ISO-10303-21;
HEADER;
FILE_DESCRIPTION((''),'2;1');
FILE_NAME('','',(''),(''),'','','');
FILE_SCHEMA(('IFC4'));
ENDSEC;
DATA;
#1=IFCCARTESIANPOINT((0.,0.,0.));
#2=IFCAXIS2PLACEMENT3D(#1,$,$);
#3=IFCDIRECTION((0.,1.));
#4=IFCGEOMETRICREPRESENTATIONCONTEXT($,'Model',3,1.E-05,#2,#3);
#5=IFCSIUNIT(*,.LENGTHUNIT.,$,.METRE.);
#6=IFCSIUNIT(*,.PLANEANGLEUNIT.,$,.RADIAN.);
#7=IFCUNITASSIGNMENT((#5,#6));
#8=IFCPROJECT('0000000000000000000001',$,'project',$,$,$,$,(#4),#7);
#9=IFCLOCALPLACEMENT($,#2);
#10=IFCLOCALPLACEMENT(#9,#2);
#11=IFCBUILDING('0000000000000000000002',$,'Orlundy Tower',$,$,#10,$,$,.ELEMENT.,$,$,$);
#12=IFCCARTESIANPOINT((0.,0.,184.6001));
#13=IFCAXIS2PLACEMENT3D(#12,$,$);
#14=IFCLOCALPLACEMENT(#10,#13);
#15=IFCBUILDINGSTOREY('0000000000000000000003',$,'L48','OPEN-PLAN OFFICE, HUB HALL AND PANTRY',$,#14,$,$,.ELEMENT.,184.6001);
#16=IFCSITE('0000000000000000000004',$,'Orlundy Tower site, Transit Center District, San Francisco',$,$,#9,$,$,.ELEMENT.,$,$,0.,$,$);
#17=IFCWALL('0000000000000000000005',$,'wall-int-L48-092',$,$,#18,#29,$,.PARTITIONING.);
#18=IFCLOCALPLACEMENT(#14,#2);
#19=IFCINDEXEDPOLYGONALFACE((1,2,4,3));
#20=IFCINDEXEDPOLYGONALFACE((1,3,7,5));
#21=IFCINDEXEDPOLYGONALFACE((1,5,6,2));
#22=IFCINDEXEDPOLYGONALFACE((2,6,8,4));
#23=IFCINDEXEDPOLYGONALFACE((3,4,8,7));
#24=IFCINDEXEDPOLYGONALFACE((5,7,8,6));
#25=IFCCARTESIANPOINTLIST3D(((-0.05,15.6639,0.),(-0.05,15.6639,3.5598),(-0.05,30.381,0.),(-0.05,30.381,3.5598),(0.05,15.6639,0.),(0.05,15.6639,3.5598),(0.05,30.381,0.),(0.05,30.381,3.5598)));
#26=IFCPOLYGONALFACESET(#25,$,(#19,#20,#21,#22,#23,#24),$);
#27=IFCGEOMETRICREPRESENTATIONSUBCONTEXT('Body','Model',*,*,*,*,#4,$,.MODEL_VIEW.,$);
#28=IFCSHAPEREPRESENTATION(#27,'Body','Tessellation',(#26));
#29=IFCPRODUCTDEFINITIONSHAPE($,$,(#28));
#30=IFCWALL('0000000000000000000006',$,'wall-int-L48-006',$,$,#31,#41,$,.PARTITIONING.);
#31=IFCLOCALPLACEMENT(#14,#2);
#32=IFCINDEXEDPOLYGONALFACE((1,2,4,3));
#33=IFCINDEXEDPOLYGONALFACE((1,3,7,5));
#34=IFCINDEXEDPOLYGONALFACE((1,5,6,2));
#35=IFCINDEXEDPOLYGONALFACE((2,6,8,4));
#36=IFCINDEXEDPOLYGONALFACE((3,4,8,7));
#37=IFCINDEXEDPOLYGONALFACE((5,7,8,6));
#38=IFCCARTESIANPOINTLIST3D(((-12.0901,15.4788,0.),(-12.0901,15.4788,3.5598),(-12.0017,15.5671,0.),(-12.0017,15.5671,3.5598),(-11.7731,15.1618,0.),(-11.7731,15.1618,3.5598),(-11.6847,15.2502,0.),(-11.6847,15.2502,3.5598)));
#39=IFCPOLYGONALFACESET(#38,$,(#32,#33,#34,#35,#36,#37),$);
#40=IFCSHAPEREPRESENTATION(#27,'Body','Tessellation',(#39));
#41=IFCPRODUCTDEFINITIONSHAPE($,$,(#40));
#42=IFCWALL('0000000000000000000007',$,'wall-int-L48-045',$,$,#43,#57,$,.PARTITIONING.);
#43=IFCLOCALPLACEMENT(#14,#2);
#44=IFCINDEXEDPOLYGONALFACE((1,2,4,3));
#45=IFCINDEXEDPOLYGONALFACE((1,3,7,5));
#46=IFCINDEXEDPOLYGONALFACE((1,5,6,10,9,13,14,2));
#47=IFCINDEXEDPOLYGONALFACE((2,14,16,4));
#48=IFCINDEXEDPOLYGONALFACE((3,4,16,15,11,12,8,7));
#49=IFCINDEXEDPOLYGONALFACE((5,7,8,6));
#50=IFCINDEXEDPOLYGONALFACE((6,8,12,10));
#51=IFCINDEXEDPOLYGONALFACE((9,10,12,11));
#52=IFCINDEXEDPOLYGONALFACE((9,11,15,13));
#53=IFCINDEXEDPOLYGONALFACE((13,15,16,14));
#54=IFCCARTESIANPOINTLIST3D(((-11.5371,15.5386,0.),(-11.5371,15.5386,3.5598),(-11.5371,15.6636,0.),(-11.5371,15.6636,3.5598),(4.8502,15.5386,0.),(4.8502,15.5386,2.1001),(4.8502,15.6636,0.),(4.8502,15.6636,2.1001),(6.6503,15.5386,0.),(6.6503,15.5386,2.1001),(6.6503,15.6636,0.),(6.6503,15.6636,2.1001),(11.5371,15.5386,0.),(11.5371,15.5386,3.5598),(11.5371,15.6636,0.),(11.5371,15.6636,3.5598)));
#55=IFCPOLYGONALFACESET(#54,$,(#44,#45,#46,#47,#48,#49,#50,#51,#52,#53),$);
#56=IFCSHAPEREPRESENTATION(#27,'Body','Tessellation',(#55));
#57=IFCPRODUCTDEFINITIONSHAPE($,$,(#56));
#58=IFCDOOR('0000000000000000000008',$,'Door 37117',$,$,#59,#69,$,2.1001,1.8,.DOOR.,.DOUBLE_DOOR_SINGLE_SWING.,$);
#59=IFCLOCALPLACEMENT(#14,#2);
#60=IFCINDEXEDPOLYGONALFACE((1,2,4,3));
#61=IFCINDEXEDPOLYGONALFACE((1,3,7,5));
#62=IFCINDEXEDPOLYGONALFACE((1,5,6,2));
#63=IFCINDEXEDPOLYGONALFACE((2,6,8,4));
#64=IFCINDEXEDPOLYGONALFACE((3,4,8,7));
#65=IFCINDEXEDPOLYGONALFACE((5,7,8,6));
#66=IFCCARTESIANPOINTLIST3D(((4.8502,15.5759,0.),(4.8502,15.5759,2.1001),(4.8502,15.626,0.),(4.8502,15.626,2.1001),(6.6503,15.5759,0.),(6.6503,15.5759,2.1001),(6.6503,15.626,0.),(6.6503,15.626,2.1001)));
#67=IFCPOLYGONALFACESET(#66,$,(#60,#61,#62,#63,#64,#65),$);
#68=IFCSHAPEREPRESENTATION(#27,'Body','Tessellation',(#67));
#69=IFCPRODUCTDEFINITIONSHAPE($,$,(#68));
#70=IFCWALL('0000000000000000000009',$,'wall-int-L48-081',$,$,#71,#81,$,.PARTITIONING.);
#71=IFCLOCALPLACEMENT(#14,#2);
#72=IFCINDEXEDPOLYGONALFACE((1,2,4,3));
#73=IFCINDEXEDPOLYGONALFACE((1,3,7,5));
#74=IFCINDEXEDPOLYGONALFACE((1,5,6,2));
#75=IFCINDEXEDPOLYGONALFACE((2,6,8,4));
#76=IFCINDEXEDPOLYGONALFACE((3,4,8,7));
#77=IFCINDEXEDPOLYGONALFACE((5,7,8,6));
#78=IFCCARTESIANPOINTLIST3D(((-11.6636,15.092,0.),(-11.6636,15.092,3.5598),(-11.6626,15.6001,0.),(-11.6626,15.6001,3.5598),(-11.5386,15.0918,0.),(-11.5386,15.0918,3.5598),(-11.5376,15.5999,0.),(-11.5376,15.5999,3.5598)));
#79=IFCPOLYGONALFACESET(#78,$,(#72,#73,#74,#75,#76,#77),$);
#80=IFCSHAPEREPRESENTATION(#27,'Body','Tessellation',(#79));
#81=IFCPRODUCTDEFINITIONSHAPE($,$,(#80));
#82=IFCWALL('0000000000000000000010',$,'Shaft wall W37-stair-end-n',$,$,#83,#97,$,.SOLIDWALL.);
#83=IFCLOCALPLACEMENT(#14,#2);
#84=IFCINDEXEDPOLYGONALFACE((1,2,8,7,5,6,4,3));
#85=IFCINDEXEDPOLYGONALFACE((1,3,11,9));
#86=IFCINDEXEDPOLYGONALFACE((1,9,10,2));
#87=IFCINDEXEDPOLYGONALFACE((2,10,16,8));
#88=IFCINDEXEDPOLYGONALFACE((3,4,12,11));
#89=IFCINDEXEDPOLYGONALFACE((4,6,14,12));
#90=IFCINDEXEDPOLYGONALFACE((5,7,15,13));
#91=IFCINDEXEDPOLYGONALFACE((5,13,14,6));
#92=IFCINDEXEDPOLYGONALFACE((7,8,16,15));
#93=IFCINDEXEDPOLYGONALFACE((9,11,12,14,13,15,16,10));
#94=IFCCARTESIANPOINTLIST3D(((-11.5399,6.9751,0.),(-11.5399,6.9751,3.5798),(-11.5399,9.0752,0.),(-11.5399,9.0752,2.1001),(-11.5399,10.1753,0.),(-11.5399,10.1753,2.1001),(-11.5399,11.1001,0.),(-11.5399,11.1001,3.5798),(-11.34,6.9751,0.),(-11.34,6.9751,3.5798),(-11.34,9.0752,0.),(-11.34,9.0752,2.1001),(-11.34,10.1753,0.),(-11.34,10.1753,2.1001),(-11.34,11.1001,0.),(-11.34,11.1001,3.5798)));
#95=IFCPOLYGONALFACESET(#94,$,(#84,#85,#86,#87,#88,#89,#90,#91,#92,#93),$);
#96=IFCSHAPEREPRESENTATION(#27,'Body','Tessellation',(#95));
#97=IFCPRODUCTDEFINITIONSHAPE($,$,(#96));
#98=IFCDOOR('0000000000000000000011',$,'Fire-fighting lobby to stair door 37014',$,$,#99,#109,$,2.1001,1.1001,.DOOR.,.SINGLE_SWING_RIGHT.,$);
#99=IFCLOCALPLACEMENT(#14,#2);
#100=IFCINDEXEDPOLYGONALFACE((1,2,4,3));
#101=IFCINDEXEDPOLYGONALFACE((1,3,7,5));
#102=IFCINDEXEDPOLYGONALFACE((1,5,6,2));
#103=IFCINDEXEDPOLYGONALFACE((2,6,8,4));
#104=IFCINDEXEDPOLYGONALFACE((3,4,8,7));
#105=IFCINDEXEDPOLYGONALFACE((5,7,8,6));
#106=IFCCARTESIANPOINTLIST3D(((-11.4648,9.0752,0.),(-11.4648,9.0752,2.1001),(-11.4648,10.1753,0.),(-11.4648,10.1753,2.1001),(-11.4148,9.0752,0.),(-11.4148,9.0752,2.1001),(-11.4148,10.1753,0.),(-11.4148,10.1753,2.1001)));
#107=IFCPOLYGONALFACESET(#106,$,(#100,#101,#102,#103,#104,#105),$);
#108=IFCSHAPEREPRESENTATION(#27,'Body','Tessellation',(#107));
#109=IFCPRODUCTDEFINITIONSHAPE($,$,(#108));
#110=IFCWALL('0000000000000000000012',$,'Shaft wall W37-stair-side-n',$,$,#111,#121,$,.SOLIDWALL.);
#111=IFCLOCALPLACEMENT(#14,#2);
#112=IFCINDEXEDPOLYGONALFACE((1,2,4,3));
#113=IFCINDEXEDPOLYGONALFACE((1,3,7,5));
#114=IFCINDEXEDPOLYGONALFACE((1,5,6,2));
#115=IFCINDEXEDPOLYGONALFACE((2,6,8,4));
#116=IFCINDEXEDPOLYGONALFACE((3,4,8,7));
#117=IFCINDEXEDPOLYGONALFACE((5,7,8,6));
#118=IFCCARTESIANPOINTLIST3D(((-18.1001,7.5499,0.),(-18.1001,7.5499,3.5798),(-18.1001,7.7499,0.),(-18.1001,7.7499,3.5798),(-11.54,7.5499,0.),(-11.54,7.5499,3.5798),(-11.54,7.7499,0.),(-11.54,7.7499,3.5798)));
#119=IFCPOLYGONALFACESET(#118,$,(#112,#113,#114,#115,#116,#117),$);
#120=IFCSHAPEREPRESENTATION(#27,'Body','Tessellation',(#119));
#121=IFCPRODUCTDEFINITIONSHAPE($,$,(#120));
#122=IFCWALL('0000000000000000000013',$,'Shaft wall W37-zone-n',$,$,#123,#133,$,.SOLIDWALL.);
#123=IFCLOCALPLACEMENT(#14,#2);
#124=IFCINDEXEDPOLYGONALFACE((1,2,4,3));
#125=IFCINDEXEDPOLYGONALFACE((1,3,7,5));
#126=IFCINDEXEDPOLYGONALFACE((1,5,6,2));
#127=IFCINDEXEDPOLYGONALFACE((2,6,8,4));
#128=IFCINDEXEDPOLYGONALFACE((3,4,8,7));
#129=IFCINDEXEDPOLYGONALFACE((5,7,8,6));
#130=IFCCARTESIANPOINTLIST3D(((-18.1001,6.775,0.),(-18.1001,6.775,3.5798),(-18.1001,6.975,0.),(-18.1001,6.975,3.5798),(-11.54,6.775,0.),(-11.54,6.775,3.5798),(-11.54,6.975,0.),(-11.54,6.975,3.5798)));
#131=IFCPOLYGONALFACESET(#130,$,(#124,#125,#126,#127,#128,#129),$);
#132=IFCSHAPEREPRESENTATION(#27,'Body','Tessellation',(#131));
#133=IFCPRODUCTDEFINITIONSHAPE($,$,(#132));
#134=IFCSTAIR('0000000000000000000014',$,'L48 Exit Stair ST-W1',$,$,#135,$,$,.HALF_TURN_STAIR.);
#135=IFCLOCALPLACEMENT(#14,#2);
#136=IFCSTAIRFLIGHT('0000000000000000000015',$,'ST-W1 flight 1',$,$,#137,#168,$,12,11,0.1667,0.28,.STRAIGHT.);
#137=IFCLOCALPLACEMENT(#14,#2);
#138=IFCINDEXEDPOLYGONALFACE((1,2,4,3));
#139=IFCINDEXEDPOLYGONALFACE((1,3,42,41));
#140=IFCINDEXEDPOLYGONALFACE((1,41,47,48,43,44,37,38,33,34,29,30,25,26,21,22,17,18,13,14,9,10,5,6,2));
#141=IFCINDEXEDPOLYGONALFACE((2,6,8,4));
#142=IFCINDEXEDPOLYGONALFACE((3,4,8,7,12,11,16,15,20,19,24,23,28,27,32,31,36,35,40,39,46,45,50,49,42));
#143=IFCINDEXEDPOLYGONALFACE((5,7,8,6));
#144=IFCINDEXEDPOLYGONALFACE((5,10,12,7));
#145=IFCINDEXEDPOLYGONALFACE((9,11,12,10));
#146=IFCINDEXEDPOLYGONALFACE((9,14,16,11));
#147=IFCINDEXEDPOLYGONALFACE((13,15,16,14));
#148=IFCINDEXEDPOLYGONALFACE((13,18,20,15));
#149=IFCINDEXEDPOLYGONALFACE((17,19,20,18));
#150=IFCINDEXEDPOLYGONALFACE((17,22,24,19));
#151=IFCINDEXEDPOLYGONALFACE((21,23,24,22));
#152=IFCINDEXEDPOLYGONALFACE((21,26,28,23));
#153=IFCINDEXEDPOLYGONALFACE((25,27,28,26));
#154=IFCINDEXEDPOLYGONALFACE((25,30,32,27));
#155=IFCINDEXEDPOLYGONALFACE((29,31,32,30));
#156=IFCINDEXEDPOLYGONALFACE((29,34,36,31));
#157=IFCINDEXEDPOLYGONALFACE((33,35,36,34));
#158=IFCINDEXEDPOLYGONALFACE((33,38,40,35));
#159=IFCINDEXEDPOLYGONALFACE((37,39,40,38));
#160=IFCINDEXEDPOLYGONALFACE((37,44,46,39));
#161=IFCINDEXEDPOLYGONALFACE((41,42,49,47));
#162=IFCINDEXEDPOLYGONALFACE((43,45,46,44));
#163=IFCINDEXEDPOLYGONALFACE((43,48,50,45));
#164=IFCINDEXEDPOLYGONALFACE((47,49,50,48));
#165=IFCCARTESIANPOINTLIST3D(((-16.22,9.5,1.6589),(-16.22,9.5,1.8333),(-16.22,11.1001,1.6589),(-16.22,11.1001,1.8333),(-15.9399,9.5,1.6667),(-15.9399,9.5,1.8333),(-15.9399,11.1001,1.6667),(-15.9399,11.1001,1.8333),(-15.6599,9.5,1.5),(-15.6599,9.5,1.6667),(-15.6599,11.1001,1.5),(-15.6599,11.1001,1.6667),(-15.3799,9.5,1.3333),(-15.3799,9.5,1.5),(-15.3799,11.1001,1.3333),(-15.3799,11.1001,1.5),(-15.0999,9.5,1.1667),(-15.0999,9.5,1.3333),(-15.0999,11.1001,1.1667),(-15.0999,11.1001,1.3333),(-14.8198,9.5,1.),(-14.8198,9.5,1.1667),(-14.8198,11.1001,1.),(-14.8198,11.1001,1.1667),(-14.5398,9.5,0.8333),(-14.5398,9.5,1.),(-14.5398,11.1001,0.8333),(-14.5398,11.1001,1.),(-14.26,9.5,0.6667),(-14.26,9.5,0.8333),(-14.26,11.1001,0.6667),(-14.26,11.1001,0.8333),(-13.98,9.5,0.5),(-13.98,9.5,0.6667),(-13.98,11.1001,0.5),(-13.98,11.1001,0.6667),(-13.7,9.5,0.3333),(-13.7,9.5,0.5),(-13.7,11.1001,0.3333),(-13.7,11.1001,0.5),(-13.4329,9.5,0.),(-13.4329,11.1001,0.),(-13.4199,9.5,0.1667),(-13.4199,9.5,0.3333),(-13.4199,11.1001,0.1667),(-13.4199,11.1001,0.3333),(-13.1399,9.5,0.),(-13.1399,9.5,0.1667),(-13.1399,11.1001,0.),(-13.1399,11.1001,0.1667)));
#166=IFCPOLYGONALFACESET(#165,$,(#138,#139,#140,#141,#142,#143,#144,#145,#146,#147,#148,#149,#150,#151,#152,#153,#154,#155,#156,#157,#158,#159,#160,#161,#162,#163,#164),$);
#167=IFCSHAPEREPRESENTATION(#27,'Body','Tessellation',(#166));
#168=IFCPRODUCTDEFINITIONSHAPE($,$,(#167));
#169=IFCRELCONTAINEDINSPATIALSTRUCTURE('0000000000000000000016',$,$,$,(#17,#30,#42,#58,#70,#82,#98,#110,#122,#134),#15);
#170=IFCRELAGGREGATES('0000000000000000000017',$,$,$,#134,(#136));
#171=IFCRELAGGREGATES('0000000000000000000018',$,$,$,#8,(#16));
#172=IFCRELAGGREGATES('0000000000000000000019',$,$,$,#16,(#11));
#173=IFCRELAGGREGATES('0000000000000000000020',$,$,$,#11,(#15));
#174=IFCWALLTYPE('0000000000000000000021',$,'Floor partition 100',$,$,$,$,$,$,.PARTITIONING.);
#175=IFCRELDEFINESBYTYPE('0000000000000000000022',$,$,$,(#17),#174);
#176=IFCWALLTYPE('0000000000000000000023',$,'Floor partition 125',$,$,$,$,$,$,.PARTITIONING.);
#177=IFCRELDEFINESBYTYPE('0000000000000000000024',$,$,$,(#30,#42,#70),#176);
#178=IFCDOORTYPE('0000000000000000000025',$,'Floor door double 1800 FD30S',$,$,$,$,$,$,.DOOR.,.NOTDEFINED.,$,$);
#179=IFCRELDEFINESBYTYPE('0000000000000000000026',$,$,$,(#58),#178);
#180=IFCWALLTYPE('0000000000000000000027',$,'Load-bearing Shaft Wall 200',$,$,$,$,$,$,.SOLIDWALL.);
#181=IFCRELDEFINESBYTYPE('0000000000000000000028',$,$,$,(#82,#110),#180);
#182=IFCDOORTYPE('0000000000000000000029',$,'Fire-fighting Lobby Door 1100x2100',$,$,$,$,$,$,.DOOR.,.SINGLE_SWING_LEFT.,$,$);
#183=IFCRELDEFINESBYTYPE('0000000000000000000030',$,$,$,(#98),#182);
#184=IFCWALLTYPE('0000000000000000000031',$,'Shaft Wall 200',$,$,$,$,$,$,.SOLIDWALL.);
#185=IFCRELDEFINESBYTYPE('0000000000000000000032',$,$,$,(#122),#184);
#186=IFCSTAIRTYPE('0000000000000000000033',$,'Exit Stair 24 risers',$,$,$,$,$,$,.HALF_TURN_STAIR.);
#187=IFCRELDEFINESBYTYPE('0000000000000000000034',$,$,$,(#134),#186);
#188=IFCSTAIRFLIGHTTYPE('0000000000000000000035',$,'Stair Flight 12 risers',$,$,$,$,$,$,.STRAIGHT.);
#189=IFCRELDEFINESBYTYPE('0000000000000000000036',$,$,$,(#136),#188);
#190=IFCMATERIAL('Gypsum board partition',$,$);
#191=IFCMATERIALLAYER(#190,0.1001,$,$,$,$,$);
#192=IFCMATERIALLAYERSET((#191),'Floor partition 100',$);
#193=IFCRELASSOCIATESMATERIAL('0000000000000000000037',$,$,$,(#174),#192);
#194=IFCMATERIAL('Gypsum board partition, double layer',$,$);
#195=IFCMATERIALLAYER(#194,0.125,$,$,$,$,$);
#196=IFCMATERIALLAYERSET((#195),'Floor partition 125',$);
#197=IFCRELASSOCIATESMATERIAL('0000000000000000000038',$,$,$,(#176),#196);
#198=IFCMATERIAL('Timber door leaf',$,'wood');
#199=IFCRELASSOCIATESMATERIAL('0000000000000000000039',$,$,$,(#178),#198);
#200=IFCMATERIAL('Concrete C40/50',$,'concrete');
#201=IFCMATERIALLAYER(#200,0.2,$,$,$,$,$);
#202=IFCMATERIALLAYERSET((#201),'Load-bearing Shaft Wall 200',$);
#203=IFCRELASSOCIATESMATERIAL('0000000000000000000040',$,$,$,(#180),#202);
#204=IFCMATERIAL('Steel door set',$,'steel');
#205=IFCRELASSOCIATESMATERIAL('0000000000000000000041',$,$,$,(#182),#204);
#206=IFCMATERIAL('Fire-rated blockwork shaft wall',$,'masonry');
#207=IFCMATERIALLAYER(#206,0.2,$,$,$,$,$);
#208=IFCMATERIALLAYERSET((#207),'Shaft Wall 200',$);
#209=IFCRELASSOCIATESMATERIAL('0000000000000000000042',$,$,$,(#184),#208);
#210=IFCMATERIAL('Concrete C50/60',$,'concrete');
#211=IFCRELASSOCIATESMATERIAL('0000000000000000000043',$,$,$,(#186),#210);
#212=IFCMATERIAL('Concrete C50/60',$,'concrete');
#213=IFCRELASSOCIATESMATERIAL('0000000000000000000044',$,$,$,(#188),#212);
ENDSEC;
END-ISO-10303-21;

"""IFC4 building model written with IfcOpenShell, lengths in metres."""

from ifc_helpers import new_model, si_unit, direction, frame, frame_2d, origin, place, context, subcontext, project, spatial, polyline, rectangle, outline, extrude, material, layer, layer_set, type_object, element, fill, aggregate, save


model = new_model("IFC4")

# Units and contexts
model_context = context("Model", 3, precision=1e-05, world=origin(), true_north=direction((0.0, 1.0)))
body_context = subcontext(model_context, "Body", "Model", "MODEL_VIEW")
ifc_project = project(units=[si_unit("LENGTHUNIT", "METRE"), si_unit("PLANEANGLEUNIT", "RADIAN")], contexts=[model_context])

# Site, building, storey
site_placement = place(None, origin())
site = spatial("IfcSite", under=ifc_project, at=site_placement, Name="Orlundy Tower site, Transit Center District, San Francisco", CompositionType="ELEMENT", RefElevation=0.0)
building_placement = place(site_placement, origin())
building = spatial("IfcBuilding", under=site, at=building_placement, Name="Orlundy Tower", CompositionType="ELEMENT")
storey_placement = place(building_placement, frame((0.0, 0.0, 184.6001)))
storey = spatial("IfcBuildingStorey", under=building, at=storey_placement, Name="L48", Description="OPEN-PLAN OFFICE, HUB HALL AND PANTRY", CompositionType="ELEMENT", Elevation=184.6001)

# Walls
ifc_material_1 = material(Name="Gypsum board partition")
ifc_layer_1 = layer(ifc_material_1, 0.1001)
ifc_layer_set_1 = layer_set([ifc_layer_1], Name="Floor partition 100")
wall_type_1 = type_object("IfcWallType", Name="Floor partition 100", PredefinedType="PARTITIONING", material=ifc_layer_set_1)
wall_1_placement = place(storey_placement, frame((0.0, 15.6641, 0.0), z_axis=(0.0, 0.0, 1.0), x_axis=(0.0, 1.0, 0.0)))
element("IfcWall", 1, at=wall_1_placement, inside=storey, type_object=wall_type_1, Name="wall-int-L48-092", PredefinedType="PARTITIONING", context=body_context, shape_type="SweptSolid", body=[
    extrude(rectangle(XDim=14.717, YDim=0.1001, at=frame_2d((7.3584, 0.0))), origin(), (0.0, 0.0, 1.0), 3.5598),
])
ifc_material_2 = material(Name="Gypsum board partition, double layer")
ifc_layer_2 = layer(ifc_material_2, 0.125)
ifc_layer_set_2 = layer_set([ifc_layer_2], Name="Floor partition 125")
wall_type_2 = type_object("IfcWallType", Name="Floor partition 125", PredefinedType="PARTITIONING", material=ifc_layer_set_2)
wall_2_placement = place(storey_placement, frame((-12.0459, 15.5229, 0.0), z_axis=(0.0, 0.0, 1.0), x_axis=(0.707107, -0.707107, 0.0)))
element("IfcWall", 2, at=wall_2_placement, inside=storey, type_object=wall_type_2, Name="wall-int-L48-006", PredefinedType="PARTITIONING", context=body_context, shape_type="SweptSolid", body=[
    extrude(rectangle(XDim=0.4482, YDim=0.125, at=frame_2d((0.2241, 0.0))), origin(), (0.0, 0.0, 1.0), 3.5598),
])

# Wall, opening, door
wall_3_placement = place(storey_placement, frame((-11.5371, 15.6011, 0.0), z_axis=(0.0, 0.0, 1.0), x_axis=(1.0, 0.0, 0.0)))
wall_3 = element("IfcWall", 3, at=wall_3_placement, inside=storey, type_object=wall_type_2, Name="wall-int-L48-045", PredefinedType="PARTITIONING", context=body_context, shape_type="SweptSolid", body=[
    extrude(rectangle(XDim=23.0742, YDim=0.125, at=frame_2d((11.5371, 0.0))), origin(), (0.0, 0.0, 1.0), 3.5598),
])
opening_1_placement = place(wall_3_placement, frame((16.3875, 0.0, 0.0)))
opening_1 = element("IfcOpeningElement", 4, at=opening_1_placement, cuts=wall_3, PredefinedType="OPENING", context=body_context, shape_type="SweptSolid", body=[
    extrude(rectangle(XDim=1.8, YDim=2.1001, at=frame_2d((0.8999, 1.05))), frame((0.0, 0.0725, 0.0), z_axis=(0.0, -1.0, 0.0), x_axis=(1.0, 0.0, 0.0)), (0.0, 0.0, 1.0), 0.145),
])
ifc_material_3 = material(Name="Timber door leaf", Category="wood")
door_type_1 = type_object("IfcDoorType", Name="Floor door double 1800 FD30S", OperationType="NOTDEFINED", PredefinedType="DOOR", material=ifc_material_3)
door_1_placement = place(opening_1_placement, origin())
door_1 = element("IfcDoor", 5, at=door_1_placement, inside=storey, type_object=door_type_1, Name="Door 37117", OperationType="DOUBLE_DOOR_SINGLE_SWING", OverallHeight=2.1001, OverallWidth=1.8, PredefinedType="DOOR", context=body_context, shape_type="SweptSolid", body=[
    extrude(rectangle(XDim=1.8, YDim=2.1001, at=frame_2d((0.8999, 1.05))), frame((0.0, 0.0249, 0.0), z_axis=(0.0, -1.0, 0.0), x_axis=(1.0, 0.0, 0.0)), (0.0, 0.0, 1.0), 0.05),
])
fill(opening_1, door_1)

# Wall
wall_4_placement = place(storey_placement, frame((-11.6011, 15.092, 0.0), z_axis=(0.0, 0.0, 1.0), x_axis=(0.001922, 0.999998, 0.0)))
element("IfcWall", 6, at=wall_4_placement, inside=storey, type_object=wall_type_2, Name="wall-int-L48-081", PredefinedType="PARTITIONING", context=body_context, shape_type="SweptSolid", body=[
    extrude(rectangle(XDim=0.5081, YDim=0.125, at=frame_2d((0.2539, 0.0))), origin(), (0.0, 0.0, 1.0), 3.5598),
])

# Wall, opening, door
ifc_material_4 = material(Name="Concrete C40/50", Category="concrete")
ifc_layer_3 = layer(ifc_material_4, 0.2)
ifc_layer_set_3 = layer_set([ifc_layer_3], Name="Load-bearing Shaft Wall 200")
wall_type_3 = type_object("IfcWallType", Name="Load-bearing Shaft Wall 200", PredefinedType="SOLIDWALL", material=ifc_layer_set_3)
wall_5_placement = place(storey_placement, frame((-11.4399, 6.9751, 0.0), z_axis=(0.0, 0.0, 1.0), x_axis=(0.0, 1.0, 0.0)))
wall_5 = element("IfcWall", 7, at=wall_5_placement, inside=storey, type_object=wall_type_3, Name="Shaft wall W37-stair-end-n", PredefinedType="SOLIDWALL", context=body_context, shape_type="SweptSolid", body=[
    extrude(rectangle(XDim=4.125, YDim=0.2, at=frame_2d((2.0625, 0.0))), origin(), (0.0, 0.0, 1.0), 3.5798),
])
opening_2_placement = place(wall_5_placement, frame((2.1001, 0.0, 0.0)))
opening_2 = element("IfcOpeningElement", 8, at=opening_2_placement, cuts=wall_5, PredefinedType="OPENING", context=body_context, shape_type="SweptSolid", body=[
    extrude(rectangle(XDim=1.1001, YDim=2.1001, at=frame_2d((0.55, 1.05))), frame((0.0, 0.1101, 0.0), z_axis=(0.0, -1.0, 0.0), x_axis=(1.0, 0.0, 0.0)), (0.0, 0.0, 1.0), 0.2202),
])
ifc_material_5 = material(Name="Steel door set", Category="steel")
door_type_2 = type_object("IfcDoorType", Name="Fire-fighting Lobby Door 1100x2100", OperationType="SINGLE_SWING_LEFT", PredefinedType="DOOR", material=ifc_material_5)
door_2_placement = place(opening_2_placement, origin())
door_2 = element("IfcDoor", 9, at=door_2_placement, inside=storey, type_object=door_type_2, Name="Fire-fighting lobby to stair door 37014", OperationType="SINGLE_SWING_RIGHT", OverallHeight=2.1001, OverallWidth=1.1001, PredefinedType="DOOR", context=body_context, shape_type="SweptSolid", body=[
    extrude(rectangle(XDim=1.1001, YDim=2.1001, at=frame_2d((0.55, 1.05))), frame((0.0, 0.0249, 0.0), z_axis=(0.0, -1.0, 0.0), x_axis=(1.0, 0.0, 0.0)), (0.0, 0.0, 1.0), 0.05),
])
fill(opening_2, door_2)

# Walls
wall_6_placement = place(storey_placement, frame((-11.54, 7.6499, 0.0), z_axis=(0.0, 0.0, 1.0), x_axis=(-1.0, 0.0, 0.0)))
element("IfcWall", 10, at=wall_6_placement, inside=storey, type_object=wall_type_3, Name="Shaft wall W37-stair-side-n", PredefinedType="SOLIDWALL", context=body_context, shape_type="SweptSolid", body=[
    extrude(rectangle(XDim=6.5601, YDim=0.2, at=frame_2d((3.28, 0.0))), origin(), (0.0, 0.0, 1.0), 3.5798),
])
ifc_material_6 = material(Name="Fire-rated blockwork shaft wall", Category="masonry")
ifc_layer_4 = layer(ifc_material_6, 0.2)
ifc_layer_set_4 = layer_set([ifc_layer_4], Name="Shaft Wall 200")
wall_type_4 = type_object("IfcWallType", Name="Shaft Wall 200", PredefinedType="SOLIDWALL", material=ifc_layer_set_4)
wall_7_placement = place(storey_placement, frame((-11.54, 6.875, 0.0), z_axis=(0.0, 0.0, 1.0), x_axis=(-1.0, 0.0, 0.0)))
element("IfcWall", 11, at=wall_7_placement, inside=storey, type_object=wall_type_4, Name="Shaft wall W37-zone-n", PredefinedType="SOLIDWALL", context=body_context, shape_type="SweptSolid", body=[
    extrude(rectangle(XDim=6.5601, YDim=0.2, at=frame_2d((3.28, 0.0))), origin(), (0.0, 0.0, 1.0), 3.5798),
])

# Stair, stair flight
ifc_material_7 = material(Name="Concrete C50/60", Category="concrete")
stair_type = type_object("IfcStairType", Name="Exit Stair 24 risers", PredefinedType="HALF_TURN_STAIR", material=ifc_material_7)
stair_placement = place(storey_placement, origin())
stair = element("IfcStair", 12, at=stair_placement, inside=storey, type_object=stair_type, Name="L48 Exit Stair ST-W1", PredefinedType="HALF_TURN_STAIR")
ifc_material_8 = material(Name="Concrete C50/60", Category="concrete")
stair_flight_type = type_object("IfcStairFlightType", Name="Stair Flight 12 risers", PredefinedType="STRAIGHT", material=ifc_material_8)
stair_flight_placement = place(storey_placement, frame((-13.1399, 10.3, 0.0), z_axis=(0.0, 0.0, 1.0), x_axis=(-1.0, 0.0, 0.0)))
stair_flight = element("IfcStairFlight", 13, at=stair_flight_placement, type_object=stair_flight_type, Name="ST-W1 flight 1", NumberOfRisers=12, NumberOfTreads=11, PredefinedType="STRAIGHT", RiserHeight=0.1667, TreadLength=0.28, context=body_context, shape_type="SweptSolid", body=[
    extrude(outline(polyline([(0.0, 0.0), (0.0, 0.1667), (0.28, 0.1667), (0.28, 0.3333), (0.5601, 0.3333), (0.5601, 0.5), (0.8401, 0.5), (0.8401, 0.6667), (1.1201, 0.6667), (1.1201, 0.8333), (1.3999, 0.8333), (1.3999, 1.0), (1.6799, 1.0), (1.6799, 1.1667), (1.96, 1.1667), (1.96, 1.3333), (2.24, 1.3333), (2.24, 1.5), (2.52, 1.5), (2.52, 1.6667), (2.8, 1.6667), (2.8, 1.8333), (3.0801, 1.8333), (3.0801, 2.0), (3.0801, 1.6589), (0.293, 0.0), (0.0, 0.0)])), frame((0.0, 0.8, 0.0), z_axis=(0.0, -1.0, 0.0), x_axis=(1.0, 0.0, 0.0)), (0.0, 0.0, 1.0), 1.6001),
])
aggregate(stair, [stair_flight])

save(model, "model.ifc")
